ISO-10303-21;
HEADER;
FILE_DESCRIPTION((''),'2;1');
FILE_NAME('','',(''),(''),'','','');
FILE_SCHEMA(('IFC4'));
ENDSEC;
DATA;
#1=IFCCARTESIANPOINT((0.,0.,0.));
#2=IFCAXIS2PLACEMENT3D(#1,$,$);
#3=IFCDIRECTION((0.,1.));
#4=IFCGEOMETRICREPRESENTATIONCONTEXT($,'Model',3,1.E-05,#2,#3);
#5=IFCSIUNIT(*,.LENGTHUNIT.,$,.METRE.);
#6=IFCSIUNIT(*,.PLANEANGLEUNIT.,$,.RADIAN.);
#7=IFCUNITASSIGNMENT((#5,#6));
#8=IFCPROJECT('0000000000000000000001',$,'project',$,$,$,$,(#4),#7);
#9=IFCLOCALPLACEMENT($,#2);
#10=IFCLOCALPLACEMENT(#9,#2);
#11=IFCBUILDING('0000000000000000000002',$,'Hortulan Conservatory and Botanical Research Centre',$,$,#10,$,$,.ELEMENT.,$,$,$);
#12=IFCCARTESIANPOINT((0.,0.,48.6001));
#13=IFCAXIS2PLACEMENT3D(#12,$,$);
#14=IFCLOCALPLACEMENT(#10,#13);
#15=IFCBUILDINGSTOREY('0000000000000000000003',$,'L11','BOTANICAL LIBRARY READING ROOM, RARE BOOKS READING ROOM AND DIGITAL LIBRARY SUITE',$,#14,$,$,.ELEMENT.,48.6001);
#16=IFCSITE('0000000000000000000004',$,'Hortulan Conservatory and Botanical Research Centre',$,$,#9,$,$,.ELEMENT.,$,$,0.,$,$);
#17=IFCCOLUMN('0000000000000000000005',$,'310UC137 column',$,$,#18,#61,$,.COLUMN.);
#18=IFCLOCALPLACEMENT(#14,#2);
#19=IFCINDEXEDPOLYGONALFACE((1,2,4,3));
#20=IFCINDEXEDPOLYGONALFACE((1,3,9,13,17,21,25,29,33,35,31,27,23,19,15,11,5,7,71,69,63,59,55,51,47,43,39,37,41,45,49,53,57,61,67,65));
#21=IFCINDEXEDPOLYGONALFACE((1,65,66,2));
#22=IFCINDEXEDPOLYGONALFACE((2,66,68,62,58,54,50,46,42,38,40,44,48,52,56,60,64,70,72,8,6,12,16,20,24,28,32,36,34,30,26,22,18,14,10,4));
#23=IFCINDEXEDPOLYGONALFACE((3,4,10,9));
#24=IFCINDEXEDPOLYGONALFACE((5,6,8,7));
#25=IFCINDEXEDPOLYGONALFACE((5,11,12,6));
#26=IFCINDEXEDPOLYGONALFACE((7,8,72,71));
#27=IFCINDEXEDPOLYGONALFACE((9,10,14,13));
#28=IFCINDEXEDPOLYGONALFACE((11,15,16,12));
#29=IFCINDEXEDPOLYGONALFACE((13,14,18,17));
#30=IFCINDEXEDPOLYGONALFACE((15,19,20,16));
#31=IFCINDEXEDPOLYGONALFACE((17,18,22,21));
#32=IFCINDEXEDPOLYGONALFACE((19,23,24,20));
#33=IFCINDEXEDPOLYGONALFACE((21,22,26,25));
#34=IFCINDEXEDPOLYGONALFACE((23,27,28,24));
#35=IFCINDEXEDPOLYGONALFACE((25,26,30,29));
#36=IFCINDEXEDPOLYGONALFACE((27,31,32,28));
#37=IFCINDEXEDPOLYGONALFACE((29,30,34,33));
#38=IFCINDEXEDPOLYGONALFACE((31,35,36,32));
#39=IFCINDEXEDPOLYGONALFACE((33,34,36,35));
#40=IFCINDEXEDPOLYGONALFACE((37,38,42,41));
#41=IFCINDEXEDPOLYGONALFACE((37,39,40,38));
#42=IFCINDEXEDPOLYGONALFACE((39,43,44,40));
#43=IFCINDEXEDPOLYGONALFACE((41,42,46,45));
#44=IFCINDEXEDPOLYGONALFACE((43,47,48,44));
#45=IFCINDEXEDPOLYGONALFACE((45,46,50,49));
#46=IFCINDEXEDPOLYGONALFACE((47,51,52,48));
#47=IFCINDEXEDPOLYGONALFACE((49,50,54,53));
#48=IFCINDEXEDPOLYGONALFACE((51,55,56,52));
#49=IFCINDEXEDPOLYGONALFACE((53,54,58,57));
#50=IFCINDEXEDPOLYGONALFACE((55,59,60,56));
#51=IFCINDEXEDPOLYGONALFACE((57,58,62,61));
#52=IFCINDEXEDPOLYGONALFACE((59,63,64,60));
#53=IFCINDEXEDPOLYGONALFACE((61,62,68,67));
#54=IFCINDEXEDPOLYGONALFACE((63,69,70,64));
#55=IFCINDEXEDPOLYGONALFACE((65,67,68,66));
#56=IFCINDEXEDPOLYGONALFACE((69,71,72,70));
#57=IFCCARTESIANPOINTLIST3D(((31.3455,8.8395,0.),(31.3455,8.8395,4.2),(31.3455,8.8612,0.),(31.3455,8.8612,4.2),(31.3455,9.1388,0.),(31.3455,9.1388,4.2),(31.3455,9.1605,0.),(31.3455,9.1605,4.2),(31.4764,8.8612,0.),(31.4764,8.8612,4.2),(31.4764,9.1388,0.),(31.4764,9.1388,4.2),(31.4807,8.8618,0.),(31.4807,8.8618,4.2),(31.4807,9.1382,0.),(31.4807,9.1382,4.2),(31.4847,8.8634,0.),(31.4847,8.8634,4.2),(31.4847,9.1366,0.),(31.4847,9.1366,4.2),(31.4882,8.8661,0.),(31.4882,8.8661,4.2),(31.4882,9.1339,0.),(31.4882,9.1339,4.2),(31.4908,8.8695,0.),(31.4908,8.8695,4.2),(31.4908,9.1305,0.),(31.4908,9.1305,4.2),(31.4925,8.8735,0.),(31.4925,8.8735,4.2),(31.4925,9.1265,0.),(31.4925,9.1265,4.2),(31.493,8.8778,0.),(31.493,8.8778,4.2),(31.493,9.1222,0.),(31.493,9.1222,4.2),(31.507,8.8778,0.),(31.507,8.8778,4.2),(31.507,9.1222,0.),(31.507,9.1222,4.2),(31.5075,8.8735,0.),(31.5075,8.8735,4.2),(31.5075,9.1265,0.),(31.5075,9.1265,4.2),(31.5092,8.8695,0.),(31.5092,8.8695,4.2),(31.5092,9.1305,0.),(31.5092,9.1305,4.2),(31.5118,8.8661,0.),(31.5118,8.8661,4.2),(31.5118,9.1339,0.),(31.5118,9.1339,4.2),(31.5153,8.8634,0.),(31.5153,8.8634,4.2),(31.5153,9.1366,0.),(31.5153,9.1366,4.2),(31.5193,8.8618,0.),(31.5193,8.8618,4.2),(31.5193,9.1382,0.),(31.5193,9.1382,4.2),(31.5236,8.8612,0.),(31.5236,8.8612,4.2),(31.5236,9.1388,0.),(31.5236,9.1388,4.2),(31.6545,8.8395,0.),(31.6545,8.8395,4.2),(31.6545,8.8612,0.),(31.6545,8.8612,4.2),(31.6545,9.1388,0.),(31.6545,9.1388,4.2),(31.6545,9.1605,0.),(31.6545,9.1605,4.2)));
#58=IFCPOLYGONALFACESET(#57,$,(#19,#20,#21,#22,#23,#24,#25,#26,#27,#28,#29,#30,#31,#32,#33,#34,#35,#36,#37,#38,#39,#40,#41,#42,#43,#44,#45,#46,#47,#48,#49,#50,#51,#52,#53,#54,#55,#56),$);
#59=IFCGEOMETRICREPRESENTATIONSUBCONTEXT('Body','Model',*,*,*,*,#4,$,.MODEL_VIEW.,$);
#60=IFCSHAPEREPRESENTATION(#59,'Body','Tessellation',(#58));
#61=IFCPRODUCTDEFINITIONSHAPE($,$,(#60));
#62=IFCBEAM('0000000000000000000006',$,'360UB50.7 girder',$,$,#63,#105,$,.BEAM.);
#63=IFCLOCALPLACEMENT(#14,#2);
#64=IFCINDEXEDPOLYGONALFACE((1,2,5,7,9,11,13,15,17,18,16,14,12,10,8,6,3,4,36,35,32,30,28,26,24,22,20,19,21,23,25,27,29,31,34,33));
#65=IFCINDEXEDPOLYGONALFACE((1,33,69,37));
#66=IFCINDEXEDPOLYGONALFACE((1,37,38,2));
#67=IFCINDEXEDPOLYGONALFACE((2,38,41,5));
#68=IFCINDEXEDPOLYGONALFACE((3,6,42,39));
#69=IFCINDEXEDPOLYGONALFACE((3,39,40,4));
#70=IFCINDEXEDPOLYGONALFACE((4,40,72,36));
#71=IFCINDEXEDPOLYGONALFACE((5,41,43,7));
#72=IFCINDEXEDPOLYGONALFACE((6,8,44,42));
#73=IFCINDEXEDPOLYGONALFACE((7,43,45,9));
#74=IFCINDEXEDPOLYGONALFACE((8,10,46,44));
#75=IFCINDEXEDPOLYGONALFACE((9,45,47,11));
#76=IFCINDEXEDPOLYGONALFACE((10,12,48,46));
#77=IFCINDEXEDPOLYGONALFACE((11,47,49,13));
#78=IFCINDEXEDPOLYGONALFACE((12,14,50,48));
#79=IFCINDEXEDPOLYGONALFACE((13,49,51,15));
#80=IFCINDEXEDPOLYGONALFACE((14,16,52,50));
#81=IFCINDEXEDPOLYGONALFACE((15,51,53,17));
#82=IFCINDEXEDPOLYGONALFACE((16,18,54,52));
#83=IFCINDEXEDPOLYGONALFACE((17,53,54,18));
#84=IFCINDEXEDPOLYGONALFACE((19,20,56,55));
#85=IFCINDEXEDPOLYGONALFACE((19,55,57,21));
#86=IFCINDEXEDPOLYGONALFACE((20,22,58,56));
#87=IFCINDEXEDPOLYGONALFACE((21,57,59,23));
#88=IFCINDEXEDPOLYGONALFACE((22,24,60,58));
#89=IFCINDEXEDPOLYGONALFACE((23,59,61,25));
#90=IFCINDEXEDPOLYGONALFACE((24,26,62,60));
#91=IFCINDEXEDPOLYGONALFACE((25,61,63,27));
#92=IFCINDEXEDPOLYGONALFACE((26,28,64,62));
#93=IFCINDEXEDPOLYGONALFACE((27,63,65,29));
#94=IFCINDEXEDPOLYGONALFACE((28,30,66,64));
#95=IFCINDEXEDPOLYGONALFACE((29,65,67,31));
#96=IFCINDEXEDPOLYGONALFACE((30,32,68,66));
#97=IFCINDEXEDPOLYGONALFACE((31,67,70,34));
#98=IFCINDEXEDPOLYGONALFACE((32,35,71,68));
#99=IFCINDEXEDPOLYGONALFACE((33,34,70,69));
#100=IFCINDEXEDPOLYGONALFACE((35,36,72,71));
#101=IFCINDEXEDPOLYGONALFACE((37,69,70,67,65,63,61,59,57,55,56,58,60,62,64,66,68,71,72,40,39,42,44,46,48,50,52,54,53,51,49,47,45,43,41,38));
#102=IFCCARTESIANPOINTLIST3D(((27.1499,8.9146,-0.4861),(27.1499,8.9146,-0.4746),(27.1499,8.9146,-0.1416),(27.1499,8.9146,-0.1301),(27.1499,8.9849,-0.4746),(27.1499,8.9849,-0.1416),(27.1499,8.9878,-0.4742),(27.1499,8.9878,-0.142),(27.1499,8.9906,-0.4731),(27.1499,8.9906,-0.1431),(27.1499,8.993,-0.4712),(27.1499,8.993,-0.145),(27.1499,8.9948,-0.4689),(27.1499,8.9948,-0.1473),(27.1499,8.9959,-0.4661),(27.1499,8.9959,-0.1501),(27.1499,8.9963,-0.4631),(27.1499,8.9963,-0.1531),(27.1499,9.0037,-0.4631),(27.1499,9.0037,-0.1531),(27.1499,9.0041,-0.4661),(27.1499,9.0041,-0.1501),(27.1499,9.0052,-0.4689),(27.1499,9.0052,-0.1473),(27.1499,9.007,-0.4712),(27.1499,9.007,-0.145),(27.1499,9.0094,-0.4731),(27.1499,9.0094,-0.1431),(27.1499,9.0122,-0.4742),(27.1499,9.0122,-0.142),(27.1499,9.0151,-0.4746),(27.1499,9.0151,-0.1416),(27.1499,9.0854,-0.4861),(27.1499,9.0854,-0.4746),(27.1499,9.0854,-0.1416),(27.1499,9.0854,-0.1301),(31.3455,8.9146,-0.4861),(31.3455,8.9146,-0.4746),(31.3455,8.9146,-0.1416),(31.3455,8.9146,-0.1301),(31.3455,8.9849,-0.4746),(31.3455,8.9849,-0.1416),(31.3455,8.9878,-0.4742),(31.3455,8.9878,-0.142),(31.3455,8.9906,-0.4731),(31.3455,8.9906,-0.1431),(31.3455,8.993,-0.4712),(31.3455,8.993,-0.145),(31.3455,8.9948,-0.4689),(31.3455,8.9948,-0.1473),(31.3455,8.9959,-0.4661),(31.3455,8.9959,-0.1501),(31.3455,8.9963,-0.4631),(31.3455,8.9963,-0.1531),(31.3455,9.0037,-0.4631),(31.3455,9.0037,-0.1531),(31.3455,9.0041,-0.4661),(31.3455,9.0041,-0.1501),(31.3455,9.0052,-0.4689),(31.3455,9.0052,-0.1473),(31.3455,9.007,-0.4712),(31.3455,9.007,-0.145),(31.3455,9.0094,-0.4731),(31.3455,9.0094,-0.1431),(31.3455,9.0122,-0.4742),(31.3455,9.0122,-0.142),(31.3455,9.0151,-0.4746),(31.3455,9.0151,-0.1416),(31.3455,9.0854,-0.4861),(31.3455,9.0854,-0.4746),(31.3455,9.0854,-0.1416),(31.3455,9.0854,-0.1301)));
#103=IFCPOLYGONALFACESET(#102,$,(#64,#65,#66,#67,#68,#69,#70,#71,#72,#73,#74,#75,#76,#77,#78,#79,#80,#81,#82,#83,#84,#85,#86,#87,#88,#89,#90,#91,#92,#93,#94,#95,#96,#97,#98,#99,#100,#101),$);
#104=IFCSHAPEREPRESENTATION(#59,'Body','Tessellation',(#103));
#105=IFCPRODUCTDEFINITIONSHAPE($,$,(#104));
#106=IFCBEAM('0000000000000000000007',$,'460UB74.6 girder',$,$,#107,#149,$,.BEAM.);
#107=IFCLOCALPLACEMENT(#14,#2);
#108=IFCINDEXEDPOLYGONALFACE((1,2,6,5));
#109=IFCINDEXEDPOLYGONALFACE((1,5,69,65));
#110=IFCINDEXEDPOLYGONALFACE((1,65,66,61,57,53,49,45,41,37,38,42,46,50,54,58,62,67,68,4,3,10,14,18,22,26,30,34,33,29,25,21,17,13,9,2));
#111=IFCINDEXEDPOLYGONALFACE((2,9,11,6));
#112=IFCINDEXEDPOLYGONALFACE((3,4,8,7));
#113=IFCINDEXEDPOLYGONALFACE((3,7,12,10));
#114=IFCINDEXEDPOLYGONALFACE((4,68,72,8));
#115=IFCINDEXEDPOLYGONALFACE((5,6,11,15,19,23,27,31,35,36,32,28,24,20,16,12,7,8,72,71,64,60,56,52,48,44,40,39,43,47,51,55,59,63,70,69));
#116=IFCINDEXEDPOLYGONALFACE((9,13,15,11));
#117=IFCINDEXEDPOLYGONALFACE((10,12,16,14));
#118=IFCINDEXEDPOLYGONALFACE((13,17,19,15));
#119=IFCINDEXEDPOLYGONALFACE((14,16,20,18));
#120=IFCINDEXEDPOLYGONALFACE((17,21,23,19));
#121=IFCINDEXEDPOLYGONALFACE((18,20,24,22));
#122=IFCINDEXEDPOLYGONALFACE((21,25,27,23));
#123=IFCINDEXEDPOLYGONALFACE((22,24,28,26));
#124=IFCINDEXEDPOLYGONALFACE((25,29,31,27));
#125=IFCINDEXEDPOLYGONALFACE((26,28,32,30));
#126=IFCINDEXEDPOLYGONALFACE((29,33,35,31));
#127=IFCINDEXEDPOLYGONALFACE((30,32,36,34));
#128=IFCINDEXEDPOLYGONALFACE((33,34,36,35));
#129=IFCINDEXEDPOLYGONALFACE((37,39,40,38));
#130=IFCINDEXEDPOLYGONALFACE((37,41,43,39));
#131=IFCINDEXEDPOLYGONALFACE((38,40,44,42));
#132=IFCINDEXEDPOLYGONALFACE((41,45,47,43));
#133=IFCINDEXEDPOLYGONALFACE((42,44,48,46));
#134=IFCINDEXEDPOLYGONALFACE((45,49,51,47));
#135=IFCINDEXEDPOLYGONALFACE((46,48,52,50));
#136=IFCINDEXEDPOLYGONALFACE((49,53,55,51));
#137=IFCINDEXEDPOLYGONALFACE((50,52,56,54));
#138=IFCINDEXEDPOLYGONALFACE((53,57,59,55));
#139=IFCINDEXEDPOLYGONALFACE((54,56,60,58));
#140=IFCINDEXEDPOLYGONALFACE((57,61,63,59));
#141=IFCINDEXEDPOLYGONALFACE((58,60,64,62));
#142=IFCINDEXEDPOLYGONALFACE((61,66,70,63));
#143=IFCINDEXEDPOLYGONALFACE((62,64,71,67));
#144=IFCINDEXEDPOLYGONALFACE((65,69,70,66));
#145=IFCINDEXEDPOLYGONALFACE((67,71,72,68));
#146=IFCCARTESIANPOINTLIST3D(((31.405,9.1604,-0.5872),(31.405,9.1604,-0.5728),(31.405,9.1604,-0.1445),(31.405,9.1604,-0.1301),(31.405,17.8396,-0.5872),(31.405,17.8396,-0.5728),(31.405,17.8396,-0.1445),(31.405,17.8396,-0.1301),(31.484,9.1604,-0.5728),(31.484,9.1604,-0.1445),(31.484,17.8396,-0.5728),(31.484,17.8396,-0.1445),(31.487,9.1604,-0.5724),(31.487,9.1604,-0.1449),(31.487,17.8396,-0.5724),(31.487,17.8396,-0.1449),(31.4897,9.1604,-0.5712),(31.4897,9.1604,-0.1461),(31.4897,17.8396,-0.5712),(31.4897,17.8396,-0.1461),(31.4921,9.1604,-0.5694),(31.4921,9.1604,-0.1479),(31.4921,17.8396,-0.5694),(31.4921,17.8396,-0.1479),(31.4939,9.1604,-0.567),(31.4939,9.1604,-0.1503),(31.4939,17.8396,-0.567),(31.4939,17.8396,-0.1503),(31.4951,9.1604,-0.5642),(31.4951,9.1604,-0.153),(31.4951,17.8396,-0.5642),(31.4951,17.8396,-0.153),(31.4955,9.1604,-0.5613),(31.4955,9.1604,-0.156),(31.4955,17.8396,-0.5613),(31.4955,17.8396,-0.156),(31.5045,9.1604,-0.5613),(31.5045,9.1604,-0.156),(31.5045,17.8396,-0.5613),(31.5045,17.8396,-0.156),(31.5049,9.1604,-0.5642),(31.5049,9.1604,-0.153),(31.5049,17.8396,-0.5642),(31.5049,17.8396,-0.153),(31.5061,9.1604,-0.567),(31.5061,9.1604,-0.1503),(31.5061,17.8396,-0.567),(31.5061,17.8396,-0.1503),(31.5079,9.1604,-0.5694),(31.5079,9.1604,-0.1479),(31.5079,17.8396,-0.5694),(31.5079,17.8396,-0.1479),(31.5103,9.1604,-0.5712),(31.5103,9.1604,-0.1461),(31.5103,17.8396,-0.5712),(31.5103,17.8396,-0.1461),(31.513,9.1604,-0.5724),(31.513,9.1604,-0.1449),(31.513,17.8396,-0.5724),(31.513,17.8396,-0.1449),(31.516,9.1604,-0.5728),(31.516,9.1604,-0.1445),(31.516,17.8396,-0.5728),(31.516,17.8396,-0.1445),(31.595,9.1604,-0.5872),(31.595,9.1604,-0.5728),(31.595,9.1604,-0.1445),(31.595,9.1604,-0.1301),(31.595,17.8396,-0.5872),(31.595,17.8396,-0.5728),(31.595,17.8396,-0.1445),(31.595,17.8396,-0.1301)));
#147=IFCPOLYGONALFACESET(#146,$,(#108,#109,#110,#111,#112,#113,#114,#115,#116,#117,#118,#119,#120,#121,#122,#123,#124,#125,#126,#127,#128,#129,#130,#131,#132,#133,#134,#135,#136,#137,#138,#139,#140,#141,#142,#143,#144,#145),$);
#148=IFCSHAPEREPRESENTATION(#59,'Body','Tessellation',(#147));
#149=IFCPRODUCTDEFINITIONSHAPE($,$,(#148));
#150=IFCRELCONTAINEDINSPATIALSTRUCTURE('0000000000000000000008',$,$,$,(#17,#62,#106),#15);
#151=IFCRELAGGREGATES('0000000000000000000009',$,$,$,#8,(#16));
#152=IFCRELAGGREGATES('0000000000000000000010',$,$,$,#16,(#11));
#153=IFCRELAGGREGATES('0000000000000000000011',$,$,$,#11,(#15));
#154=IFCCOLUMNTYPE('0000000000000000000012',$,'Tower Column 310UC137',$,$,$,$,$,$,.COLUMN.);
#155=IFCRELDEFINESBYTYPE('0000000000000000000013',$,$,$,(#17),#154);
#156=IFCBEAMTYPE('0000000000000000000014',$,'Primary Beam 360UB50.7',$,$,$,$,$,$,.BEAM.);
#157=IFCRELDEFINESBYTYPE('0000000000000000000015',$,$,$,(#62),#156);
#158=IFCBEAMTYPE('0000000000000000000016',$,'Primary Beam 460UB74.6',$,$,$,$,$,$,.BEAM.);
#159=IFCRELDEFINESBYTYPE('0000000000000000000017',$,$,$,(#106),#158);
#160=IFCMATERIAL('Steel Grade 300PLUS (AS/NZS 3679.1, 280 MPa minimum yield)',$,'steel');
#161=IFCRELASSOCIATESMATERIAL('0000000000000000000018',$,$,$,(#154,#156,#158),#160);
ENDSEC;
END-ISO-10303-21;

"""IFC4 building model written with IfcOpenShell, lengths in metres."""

from ifc_helpers import new_model, si_unit, direction, frame, origin, origin_2d, place, context, subcontext, project, spatial, i_section, extrude, material, material_profile, profile_set, type_object, element, save


model = new_model("IFC4")

# Units and contexts
model_context = context("Model", 3, precision=1e-05, world=origin(), true_north=direction((0.0, 1.0)))
body_context = subcontext(model_context, "Body", "Model", "MODEL_VIEW")
ifc_project = project(units=[si_unit("LENGTHUNIT", "METRE"), si_unit("PLANEANGLEUNIT", "RADIAN")], contexts=[model_context])

# Site, building, storey
site_placement = place(None, origin())
site = spatial("IfcSite", under=ifc_project, at=site_placement, Name="Hortulan Conservatory and Botanical Research Centre", CompositionType="ELEMENT", RefElevation=0.0)
building_placement = place(site_placement, origin())
building = spatial("IfcBuilding", under=site, at=building_placement, Name="Hortulan Conservatory and Botanical Research Centre", CompositionType="ELEMENT")
storey_placement = place(building_placement, frame((0.0, 0.0, 48.6001)))
storey = spatial("IfcBuildingStorey", under=building, at=storey_placement, Name="L11", Description="BOTANICAL LIBRARY READING ROOM, RARE BOOKS READING ROOM AND DIGITAL LIBRARY SUITE", CompositionType="ELEMENT", Elevation=48.6001)

# Column
ifc_material_1 = material(Name="Steel Grade 300PLUS (AS/NZS 3679.1, 280 MPa minimum yield)", Category="steel")
ifc_material_profile_1 = material_profile(ifc_material_1, i_section(OverallWidth=0.3091, OverallDepth=0.321, WebThickness=0.0139, FlangeThickness=0.0217, FilletRadius=0.0166, at=origin_2d()), Name="310UC137")
ifc_profile_set_1 = profile_set([ifc_material_profile_1], Name="Steel Grade 300PLUS (AS/NZS 3679.1, 280 MPa minimum yield)")
column_type = type_object("IfcColumnType", Name="Tower Column 310UC137", PredefinedType="COLUMN", material=ifc_profile_set_1)
column_placement = place(storey_placement, frame((31.5, 9.0, 0.0), z_axis=(0.0, 0.0, 1.0), x_axis=(1.0, 0.0, 0.0)))
element("IfcColumn", 1, at=column_placement, inside=storey, type_object=column_type, Name="310UC137 column", PredefinedType="COLUMN", context=body_context, shape_type="SweptSolid", body=[
    extrude(i_section(OverallWidth=0.3091, OverallDepth=0.321, WebThickness=0.0139, FlangeThickness=0.0217, FilletRadius=0.0166, at=origin_2d()), origin(), (0.0, 0.0, 1.0), 4.2),
])

# Beams
ifc_material_profile_2 = material_profile(ifc_material_1, i_section(OverallWidth=0.1709, OverallDepth=0.356, WebThickness=0.0073, FlangeThickness=0.0115, FilletRadius=0.0115, at=origin_2d()), Name="360UB50.7")
ifc_profile_set_2 = profile_set([ifc_material_profile_2], Name="Steel Grade 300PLUS (AS/NZS 3679.1, 280 MPa minimum yield)")
beam_type_1 = type_object("IfcBeamType", Name="Primary Beam 360UB50.7", PredefinedType="BEAM", material=ifc_profile_set_2)
beam_1_placement = place(storey_placement, frame((27.1499, 9.0, -0.3081), z_axis=(1.0, 0.0, 0.0), x_axis=(0.0, 1.0, 0.0)))
element("IfcBeam", 2, at=beam_1_placement, inside=storey, type_object=beam_type_1, Name="360UB50.7 girder", PredefinedType="BEAM", context=body_context, shape_type="SweptSolid", body=[
    extrude(i_section(OverallWidth=0.1709, OverallDepth=0.356, WebThickness=0.0073, FlangeThickness=0.0115, FilletRadius=0.0115, at=origin_2d()), origin(), (0.0, 0.0, 1.0), 4.1956),
])
ifc_material_profile_3 = material_profile(ifc_material_1, i_section(OverallWidth=0.1899, OverallDepth=0.457, WebThickness=0.009, FlangeThickness=0.0144, FilletRadius=0.0115, at=origin_2d()), Name="460UB74.6")
ifc_profile_set_3 = profile_set([ifc_material_profile_3], Name="Steel Grade 300PLUS (AS/NZS 3679.1, 280 MPa minimum yield)")
beam_type_2 = type_object("IfcBeamType", Name="Primary Beam 460UB74.6", PredefinedType="BEAM", material=ifc_profile_set_3)
beam_2_placement = place(storey_placement, frame((31.5, 9.1604, -0.3586), z_axis=(0.0, 1.0, 0.0), x_axis=(-1.0, 0.0, 0.0)))
element("IfcBeam", 3, at=beam_2_placement, inside=storey, type_object=beam_type_2, Name="460UB74.6 girder", PredefinedType="BEAM", context=body_context, shape_type="SweptSolid", body=[
    extrude(i_section(OverallWidth=0.1899, OverallDepth=0.457, WebThickness=0.009, FlangeThickness=0.0144, FilletRadius=0.0115, at=origin_2d()), origin(), (0.0, 0.0, 1.0), 8.6792),
])

save(model, "model.ifc")
